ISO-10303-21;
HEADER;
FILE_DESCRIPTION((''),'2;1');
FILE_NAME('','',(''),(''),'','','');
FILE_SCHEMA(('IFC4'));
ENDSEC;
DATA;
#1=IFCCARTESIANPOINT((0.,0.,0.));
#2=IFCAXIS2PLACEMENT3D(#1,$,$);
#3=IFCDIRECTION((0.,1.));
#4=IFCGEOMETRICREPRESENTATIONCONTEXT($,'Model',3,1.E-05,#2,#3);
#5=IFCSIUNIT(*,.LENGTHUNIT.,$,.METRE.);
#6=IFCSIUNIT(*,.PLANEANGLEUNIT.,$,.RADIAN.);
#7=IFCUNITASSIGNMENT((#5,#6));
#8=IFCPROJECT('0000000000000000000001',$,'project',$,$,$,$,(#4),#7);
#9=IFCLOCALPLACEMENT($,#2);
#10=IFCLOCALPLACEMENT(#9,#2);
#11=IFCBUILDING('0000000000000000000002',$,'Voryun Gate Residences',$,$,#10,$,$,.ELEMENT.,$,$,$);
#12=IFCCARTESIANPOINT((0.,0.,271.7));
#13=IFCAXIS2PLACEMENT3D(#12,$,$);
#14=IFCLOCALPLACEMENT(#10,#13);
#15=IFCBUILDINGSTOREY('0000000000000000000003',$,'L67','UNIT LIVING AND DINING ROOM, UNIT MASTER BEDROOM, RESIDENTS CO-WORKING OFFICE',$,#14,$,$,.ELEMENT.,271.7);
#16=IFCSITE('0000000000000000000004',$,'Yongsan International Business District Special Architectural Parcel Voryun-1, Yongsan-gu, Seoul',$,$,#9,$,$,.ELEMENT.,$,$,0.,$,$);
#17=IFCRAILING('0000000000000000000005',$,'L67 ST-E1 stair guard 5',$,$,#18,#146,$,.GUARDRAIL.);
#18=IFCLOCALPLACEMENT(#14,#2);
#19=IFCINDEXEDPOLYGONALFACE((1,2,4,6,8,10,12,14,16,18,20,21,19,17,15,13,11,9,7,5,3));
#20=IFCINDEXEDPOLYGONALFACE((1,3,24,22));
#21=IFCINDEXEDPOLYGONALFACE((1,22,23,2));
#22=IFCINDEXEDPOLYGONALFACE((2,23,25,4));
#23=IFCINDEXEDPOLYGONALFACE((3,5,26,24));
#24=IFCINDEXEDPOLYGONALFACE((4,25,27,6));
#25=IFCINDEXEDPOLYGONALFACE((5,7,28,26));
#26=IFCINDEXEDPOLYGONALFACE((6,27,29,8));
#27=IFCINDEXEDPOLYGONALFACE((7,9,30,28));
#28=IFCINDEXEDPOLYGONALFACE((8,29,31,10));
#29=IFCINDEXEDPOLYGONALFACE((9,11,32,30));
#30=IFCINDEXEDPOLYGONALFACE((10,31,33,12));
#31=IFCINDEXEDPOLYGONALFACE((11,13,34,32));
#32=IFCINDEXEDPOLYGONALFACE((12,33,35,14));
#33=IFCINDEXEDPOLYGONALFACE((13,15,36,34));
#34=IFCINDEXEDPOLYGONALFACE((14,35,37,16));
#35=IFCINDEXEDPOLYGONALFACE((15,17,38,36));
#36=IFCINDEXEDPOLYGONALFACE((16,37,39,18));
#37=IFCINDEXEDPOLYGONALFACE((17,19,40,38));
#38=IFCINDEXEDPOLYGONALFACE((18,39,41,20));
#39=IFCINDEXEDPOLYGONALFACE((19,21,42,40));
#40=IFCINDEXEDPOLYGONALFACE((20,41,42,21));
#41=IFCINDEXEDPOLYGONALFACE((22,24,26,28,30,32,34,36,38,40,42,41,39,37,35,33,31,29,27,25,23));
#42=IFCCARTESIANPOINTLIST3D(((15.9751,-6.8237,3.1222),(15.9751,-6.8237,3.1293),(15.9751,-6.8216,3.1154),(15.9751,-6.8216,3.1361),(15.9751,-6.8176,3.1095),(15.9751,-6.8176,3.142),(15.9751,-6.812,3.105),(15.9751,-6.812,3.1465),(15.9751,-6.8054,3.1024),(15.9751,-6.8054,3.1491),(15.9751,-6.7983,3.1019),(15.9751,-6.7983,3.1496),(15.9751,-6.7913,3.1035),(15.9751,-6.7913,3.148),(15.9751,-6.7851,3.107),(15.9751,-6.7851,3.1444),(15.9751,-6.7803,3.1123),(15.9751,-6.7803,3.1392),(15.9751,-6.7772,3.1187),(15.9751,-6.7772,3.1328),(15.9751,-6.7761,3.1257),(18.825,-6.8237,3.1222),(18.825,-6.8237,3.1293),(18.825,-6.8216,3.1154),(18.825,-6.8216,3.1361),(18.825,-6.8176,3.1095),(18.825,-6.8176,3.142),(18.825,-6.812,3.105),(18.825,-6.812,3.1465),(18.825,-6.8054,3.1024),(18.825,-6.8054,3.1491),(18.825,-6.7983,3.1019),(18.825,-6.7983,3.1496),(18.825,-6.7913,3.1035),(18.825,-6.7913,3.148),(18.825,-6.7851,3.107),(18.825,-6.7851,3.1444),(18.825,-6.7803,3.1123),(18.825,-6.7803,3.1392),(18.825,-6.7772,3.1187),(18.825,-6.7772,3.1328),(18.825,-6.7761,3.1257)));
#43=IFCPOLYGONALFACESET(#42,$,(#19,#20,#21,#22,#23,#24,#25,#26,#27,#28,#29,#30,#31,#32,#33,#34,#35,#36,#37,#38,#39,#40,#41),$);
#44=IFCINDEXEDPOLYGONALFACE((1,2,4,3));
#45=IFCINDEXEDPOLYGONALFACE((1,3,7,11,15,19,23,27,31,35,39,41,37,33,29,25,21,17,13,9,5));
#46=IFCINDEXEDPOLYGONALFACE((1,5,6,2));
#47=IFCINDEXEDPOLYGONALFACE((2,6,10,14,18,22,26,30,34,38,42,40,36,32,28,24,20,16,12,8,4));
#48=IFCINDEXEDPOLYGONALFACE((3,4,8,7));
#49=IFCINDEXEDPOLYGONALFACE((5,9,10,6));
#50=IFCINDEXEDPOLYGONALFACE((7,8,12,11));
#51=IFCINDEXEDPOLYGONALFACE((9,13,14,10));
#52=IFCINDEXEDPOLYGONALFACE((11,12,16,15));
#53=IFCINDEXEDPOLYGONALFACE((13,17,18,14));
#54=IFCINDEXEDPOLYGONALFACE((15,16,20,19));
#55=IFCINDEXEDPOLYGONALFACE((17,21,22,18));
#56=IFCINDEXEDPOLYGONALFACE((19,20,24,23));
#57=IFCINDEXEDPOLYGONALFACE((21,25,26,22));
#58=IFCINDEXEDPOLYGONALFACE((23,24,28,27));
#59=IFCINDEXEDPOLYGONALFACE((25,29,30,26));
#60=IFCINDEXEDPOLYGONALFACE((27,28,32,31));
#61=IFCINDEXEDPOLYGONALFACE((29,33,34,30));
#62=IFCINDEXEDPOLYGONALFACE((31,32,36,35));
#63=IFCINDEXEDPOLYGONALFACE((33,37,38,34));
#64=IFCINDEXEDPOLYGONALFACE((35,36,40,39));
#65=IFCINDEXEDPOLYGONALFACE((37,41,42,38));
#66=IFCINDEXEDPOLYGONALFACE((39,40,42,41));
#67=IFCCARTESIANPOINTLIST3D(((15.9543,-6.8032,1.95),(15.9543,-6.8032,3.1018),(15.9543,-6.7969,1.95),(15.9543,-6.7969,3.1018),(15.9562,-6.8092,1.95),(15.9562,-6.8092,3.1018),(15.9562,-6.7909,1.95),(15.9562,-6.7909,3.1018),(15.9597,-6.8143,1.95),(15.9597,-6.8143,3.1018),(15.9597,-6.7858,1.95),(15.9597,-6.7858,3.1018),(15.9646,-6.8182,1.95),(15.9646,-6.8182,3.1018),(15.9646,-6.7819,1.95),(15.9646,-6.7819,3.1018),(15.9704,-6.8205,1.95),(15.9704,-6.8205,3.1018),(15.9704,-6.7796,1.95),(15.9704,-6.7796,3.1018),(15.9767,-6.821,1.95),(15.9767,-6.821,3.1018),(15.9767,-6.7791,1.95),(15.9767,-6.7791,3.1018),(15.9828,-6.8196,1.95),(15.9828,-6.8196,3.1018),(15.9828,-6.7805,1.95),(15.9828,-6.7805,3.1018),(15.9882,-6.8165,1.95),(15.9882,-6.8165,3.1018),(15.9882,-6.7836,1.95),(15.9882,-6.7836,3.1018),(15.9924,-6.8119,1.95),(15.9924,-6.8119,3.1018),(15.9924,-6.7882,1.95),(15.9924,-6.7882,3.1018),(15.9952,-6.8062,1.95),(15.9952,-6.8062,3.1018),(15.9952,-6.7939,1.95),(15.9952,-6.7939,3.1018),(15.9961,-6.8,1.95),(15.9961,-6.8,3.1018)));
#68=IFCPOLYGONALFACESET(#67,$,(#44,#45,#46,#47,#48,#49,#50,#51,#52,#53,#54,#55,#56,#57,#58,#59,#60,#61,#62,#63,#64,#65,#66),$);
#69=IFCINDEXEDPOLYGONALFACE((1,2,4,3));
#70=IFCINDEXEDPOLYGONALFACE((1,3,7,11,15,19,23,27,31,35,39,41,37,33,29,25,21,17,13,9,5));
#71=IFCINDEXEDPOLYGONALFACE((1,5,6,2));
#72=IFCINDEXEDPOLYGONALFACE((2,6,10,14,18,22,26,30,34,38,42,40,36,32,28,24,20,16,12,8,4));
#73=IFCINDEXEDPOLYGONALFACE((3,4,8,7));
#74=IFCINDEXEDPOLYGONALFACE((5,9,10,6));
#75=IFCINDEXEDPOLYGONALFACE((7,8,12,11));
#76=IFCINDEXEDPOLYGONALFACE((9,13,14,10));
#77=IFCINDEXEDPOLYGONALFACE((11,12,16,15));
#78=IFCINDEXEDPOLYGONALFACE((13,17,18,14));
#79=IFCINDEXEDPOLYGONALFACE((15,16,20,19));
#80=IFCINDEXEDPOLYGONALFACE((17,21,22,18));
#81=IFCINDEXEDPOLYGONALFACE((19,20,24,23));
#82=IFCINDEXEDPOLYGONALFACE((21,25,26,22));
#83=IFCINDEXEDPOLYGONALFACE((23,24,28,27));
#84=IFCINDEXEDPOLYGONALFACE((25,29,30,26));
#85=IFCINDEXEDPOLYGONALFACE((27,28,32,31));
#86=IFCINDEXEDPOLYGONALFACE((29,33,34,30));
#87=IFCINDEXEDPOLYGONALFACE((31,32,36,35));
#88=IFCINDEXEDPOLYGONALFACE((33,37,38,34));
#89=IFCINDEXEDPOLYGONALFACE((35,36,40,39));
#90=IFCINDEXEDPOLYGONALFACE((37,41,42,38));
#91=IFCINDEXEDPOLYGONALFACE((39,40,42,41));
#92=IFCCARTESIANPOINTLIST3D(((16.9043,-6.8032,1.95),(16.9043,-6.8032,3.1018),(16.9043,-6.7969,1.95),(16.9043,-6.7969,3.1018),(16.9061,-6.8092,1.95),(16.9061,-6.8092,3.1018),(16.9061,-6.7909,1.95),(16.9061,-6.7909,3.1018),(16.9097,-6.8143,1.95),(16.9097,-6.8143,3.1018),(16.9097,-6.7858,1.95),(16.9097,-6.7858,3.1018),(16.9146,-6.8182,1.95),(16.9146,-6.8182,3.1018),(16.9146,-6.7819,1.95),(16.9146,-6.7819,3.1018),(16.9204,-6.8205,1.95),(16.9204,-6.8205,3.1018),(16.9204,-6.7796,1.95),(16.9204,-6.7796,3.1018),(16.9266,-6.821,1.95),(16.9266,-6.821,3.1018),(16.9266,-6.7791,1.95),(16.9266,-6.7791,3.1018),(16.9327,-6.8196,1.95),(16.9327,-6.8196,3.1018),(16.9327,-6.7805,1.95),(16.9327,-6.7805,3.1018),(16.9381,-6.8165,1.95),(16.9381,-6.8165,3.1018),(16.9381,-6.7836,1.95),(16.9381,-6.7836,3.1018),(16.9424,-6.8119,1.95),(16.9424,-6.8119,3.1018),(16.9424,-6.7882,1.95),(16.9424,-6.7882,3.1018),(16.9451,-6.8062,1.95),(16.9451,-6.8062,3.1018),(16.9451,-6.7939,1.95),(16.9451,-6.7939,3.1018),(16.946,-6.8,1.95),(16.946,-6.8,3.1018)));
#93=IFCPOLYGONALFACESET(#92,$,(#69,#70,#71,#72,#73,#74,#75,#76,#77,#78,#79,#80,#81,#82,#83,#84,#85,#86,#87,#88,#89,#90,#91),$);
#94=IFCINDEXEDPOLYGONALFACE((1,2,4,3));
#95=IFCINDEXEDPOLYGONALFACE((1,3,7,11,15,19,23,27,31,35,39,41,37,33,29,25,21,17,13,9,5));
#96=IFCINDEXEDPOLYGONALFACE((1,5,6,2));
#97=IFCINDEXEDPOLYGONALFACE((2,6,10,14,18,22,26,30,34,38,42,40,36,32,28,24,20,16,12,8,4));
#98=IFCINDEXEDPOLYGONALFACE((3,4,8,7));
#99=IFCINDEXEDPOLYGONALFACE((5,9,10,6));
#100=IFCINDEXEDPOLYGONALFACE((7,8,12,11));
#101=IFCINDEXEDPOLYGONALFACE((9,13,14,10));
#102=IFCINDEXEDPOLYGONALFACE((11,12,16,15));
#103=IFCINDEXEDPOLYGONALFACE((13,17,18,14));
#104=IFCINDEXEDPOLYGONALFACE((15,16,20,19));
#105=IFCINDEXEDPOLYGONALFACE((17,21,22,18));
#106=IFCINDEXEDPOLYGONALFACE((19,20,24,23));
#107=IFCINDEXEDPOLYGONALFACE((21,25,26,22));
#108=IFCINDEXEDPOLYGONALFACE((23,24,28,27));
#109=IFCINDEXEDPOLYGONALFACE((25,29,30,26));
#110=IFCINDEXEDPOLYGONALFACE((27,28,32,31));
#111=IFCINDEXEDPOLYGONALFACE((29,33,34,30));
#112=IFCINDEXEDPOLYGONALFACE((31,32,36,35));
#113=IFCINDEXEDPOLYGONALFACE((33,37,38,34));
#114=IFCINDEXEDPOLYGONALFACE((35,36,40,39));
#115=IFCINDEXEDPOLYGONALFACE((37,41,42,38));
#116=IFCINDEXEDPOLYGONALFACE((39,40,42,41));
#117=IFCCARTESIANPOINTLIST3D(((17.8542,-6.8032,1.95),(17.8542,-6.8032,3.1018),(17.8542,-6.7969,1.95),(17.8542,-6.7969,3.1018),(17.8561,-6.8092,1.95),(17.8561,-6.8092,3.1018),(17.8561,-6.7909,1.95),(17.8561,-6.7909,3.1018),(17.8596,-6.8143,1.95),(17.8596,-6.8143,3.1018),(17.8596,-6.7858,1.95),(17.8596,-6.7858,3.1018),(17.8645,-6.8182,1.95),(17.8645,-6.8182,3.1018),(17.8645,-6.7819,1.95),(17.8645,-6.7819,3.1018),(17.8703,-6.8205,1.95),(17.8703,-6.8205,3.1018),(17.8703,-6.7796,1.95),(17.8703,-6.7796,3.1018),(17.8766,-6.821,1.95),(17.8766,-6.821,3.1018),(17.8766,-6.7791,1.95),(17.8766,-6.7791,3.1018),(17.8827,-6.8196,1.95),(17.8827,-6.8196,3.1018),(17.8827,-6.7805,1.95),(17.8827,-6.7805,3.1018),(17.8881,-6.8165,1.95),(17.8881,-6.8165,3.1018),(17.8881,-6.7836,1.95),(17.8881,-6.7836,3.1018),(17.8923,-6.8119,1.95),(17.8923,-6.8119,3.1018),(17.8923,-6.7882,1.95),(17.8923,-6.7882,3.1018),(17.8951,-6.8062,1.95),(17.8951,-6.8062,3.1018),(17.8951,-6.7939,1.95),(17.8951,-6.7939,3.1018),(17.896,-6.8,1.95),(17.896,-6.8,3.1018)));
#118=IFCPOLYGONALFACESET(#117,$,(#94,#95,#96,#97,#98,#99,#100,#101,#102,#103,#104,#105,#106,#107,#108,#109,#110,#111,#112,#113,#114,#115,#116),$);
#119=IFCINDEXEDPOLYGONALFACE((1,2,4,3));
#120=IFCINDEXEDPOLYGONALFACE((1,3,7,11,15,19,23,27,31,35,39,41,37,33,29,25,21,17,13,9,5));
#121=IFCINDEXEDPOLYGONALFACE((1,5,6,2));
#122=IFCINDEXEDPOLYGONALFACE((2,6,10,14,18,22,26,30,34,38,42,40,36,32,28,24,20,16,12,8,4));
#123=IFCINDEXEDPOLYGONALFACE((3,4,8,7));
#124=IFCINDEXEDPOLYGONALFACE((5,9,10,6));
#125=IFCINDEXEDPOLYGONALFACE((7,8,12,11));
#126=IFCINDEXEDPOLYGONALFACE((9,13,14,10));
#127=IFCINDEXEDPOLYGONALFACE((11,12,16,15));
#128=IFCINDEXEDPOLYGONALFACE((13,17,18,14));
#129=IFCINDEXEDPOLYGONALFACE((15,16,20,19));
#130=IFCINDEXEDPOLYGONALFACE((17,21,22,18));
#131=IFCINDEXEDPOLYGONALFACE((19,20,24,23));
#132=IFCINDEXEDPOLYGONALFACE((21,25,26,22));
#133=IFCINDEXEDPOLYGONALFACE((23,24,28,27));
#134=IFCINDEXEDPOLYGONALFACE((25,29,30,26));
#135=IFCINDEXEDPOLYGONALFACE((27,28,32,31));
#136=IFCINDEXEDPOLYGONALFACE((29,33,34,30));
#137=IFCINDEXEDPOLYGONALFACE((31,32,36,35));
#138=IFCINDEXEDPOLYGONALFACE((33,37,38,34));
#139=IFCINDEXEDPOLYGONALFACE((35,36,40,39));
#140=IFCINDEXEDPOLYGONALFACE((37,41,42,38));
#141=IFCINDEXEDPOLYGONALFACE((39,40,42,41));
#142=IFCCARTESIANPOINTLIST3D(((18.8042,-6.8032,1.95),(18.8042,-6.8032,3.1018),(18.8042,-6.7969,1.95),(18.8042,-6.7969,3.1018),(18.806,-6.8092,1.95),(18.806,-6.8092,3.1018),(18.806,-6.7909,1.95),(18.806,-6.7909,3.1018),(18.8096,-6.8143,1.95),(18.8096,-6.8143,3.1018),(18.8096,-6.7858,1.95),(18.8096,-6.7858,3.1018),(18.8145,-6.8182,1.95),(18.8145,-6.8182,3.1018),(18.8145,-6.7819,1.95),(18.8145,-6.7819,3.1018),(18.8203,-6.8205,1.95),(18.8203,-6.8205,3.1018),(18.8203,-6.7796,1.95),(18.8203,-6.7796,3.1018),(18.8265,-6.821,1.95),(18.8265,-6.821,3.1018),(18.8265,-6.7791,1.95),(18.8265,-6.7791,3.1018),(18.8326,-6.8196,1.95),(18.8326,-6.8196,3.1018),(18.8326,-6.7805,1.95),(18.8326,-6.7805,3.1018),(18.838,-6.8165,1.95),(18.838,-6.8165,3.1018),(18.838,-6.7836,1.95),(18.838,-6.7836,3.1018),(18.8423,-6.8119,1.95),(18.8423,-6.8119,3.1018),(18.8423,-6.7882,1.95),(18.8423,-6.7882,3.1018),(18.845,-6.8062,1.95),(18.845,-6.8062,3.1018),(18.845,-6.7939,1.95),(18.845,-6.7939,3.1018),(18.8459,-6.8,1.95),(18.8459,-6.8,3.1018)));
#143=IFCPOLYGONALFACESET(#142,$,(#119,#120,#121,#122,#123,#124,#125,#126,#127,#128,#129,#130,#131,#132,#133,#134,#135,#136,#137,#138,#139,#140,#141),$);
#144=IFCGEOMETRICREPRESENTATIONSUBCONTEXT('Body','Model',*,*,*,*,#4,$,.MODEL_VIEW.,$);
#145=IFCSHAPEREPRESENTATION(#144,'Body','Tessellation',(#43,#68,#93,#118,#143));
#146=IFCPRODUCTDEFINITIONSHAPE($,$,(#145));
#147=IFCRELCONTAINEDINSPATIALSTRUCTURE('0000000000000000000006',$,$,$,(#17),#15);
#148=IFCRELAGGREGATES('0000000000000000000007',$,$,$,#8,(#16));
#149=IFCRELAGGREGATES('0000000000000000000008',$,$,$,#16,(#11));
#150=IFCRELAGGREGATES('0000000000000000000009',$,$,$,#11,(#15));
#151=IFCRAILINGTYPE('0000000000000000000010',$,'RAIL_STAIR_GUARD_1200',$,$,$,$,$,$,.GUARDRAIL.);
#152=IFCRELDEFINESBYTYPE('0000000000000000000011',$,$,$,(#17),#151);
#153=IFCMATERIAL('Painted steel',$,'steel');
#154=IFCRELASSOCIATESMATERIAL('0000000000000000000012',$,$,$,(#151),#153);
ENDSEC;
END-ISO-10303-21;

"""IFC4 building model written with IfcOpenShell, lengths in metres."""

from ifc_helpers import new_model, si_unit, direction, frame, origin, origin_2d, place, context, subcontext, project, spatial, circle, extrude, material, type_object, element, save


model = new_model("IFC4")

# Units and contexts
model_context = context("Model", 3, precision=1e-05, world=origin(), true_north=direction((0.0, 1.0)))
body_context = subcontext(model_context, "Body", "Model", "MODEL_VIEW")
ifc_project = project(units=[si_unit("LENGTHUNIT", "METRE"), si_unit("PLANEANGLEUNIT", "RADIAN")], contexts=[model_context])

# Site, building, storey
site_placement = place(None, origin())
site = spatial("IfcSite", under=ifc_project, at=site_placement, Name="Yongsan International Business District Special Architectural Parcel Voryun-1, Yongsan-gu, Seoul", CompositionType="ELEMENT", RefElevation=0.0)
building_placement = place(site_placement, origin())
building = spatial("IfcBuilding", under=site, at=building_placement, Name="Voryun Gate Residences", CompositionType="ELEMENT")
storey_placement = place(building_placement, frame((0.0, 0.0, 271.7)))
storey = spatial("IfcBuildingStorey", under=building, at=storey_placement, Name="L67", Description="UNIT LIVING AND DINING ROOM, UNIT MASTER BEDROOM, RESIDENTS CO-WORKING OFFICE", CompositionType="ELEMENT", Elevation=271.7)

# Railing
ifc_material_1 = material(Name="Painted steel", Category="steel")
railing_type_1 = type_object("IfcRailingType", Name="RAIL_STAIR_GUARD_1200", PredefinedType="GUARDRAIL", material=ifc_material_1)
railing_1_placement = place(storey_placement, frame((15.9751, -6.8, 1.95)))
element("IfcRailing", 1, at=railing_1_placement, inside=storey, type_object=railing_type_1, Name="L67 ST-E1 stair guard 5", PredefinedType="GUARDRAIL", context=body_context, shape_type="SweptSolid", body=[
    extrude(circle(Radius=0.0239, at=origin_2d()), frame((0.0, 0.0, 1.1758), z_axis=(1.0, 0.0, 0.0), x_axis=(0.0, 1.0, 0.0)), (0.0, 0.0, 1.0), 2.8499),
    extrude(circle(Radius=0.021, at=origin_2d()), origin(), (0.0, 0.0, 1.0), 1.1519),
    extrude(circle(Radius=0.021, at=origin_2d()), frame((0.95, 0.0, 0.0)), (0.0, 0.0, 1.0), 1.1519),
    extrude(circle(Radius=0.021, at=origin_2d()), frame((1.8999, 0.0, 0.0)), (0.0, 0.0, 1.0), 1.1519),
    extrude(circle(Radius=0.021, at=origin_2d()), frame((2.8499, 0.0, 0.0)), (0.0, 0.0, 1.0), 1.1519),
])

save(model, "model.ifc")
